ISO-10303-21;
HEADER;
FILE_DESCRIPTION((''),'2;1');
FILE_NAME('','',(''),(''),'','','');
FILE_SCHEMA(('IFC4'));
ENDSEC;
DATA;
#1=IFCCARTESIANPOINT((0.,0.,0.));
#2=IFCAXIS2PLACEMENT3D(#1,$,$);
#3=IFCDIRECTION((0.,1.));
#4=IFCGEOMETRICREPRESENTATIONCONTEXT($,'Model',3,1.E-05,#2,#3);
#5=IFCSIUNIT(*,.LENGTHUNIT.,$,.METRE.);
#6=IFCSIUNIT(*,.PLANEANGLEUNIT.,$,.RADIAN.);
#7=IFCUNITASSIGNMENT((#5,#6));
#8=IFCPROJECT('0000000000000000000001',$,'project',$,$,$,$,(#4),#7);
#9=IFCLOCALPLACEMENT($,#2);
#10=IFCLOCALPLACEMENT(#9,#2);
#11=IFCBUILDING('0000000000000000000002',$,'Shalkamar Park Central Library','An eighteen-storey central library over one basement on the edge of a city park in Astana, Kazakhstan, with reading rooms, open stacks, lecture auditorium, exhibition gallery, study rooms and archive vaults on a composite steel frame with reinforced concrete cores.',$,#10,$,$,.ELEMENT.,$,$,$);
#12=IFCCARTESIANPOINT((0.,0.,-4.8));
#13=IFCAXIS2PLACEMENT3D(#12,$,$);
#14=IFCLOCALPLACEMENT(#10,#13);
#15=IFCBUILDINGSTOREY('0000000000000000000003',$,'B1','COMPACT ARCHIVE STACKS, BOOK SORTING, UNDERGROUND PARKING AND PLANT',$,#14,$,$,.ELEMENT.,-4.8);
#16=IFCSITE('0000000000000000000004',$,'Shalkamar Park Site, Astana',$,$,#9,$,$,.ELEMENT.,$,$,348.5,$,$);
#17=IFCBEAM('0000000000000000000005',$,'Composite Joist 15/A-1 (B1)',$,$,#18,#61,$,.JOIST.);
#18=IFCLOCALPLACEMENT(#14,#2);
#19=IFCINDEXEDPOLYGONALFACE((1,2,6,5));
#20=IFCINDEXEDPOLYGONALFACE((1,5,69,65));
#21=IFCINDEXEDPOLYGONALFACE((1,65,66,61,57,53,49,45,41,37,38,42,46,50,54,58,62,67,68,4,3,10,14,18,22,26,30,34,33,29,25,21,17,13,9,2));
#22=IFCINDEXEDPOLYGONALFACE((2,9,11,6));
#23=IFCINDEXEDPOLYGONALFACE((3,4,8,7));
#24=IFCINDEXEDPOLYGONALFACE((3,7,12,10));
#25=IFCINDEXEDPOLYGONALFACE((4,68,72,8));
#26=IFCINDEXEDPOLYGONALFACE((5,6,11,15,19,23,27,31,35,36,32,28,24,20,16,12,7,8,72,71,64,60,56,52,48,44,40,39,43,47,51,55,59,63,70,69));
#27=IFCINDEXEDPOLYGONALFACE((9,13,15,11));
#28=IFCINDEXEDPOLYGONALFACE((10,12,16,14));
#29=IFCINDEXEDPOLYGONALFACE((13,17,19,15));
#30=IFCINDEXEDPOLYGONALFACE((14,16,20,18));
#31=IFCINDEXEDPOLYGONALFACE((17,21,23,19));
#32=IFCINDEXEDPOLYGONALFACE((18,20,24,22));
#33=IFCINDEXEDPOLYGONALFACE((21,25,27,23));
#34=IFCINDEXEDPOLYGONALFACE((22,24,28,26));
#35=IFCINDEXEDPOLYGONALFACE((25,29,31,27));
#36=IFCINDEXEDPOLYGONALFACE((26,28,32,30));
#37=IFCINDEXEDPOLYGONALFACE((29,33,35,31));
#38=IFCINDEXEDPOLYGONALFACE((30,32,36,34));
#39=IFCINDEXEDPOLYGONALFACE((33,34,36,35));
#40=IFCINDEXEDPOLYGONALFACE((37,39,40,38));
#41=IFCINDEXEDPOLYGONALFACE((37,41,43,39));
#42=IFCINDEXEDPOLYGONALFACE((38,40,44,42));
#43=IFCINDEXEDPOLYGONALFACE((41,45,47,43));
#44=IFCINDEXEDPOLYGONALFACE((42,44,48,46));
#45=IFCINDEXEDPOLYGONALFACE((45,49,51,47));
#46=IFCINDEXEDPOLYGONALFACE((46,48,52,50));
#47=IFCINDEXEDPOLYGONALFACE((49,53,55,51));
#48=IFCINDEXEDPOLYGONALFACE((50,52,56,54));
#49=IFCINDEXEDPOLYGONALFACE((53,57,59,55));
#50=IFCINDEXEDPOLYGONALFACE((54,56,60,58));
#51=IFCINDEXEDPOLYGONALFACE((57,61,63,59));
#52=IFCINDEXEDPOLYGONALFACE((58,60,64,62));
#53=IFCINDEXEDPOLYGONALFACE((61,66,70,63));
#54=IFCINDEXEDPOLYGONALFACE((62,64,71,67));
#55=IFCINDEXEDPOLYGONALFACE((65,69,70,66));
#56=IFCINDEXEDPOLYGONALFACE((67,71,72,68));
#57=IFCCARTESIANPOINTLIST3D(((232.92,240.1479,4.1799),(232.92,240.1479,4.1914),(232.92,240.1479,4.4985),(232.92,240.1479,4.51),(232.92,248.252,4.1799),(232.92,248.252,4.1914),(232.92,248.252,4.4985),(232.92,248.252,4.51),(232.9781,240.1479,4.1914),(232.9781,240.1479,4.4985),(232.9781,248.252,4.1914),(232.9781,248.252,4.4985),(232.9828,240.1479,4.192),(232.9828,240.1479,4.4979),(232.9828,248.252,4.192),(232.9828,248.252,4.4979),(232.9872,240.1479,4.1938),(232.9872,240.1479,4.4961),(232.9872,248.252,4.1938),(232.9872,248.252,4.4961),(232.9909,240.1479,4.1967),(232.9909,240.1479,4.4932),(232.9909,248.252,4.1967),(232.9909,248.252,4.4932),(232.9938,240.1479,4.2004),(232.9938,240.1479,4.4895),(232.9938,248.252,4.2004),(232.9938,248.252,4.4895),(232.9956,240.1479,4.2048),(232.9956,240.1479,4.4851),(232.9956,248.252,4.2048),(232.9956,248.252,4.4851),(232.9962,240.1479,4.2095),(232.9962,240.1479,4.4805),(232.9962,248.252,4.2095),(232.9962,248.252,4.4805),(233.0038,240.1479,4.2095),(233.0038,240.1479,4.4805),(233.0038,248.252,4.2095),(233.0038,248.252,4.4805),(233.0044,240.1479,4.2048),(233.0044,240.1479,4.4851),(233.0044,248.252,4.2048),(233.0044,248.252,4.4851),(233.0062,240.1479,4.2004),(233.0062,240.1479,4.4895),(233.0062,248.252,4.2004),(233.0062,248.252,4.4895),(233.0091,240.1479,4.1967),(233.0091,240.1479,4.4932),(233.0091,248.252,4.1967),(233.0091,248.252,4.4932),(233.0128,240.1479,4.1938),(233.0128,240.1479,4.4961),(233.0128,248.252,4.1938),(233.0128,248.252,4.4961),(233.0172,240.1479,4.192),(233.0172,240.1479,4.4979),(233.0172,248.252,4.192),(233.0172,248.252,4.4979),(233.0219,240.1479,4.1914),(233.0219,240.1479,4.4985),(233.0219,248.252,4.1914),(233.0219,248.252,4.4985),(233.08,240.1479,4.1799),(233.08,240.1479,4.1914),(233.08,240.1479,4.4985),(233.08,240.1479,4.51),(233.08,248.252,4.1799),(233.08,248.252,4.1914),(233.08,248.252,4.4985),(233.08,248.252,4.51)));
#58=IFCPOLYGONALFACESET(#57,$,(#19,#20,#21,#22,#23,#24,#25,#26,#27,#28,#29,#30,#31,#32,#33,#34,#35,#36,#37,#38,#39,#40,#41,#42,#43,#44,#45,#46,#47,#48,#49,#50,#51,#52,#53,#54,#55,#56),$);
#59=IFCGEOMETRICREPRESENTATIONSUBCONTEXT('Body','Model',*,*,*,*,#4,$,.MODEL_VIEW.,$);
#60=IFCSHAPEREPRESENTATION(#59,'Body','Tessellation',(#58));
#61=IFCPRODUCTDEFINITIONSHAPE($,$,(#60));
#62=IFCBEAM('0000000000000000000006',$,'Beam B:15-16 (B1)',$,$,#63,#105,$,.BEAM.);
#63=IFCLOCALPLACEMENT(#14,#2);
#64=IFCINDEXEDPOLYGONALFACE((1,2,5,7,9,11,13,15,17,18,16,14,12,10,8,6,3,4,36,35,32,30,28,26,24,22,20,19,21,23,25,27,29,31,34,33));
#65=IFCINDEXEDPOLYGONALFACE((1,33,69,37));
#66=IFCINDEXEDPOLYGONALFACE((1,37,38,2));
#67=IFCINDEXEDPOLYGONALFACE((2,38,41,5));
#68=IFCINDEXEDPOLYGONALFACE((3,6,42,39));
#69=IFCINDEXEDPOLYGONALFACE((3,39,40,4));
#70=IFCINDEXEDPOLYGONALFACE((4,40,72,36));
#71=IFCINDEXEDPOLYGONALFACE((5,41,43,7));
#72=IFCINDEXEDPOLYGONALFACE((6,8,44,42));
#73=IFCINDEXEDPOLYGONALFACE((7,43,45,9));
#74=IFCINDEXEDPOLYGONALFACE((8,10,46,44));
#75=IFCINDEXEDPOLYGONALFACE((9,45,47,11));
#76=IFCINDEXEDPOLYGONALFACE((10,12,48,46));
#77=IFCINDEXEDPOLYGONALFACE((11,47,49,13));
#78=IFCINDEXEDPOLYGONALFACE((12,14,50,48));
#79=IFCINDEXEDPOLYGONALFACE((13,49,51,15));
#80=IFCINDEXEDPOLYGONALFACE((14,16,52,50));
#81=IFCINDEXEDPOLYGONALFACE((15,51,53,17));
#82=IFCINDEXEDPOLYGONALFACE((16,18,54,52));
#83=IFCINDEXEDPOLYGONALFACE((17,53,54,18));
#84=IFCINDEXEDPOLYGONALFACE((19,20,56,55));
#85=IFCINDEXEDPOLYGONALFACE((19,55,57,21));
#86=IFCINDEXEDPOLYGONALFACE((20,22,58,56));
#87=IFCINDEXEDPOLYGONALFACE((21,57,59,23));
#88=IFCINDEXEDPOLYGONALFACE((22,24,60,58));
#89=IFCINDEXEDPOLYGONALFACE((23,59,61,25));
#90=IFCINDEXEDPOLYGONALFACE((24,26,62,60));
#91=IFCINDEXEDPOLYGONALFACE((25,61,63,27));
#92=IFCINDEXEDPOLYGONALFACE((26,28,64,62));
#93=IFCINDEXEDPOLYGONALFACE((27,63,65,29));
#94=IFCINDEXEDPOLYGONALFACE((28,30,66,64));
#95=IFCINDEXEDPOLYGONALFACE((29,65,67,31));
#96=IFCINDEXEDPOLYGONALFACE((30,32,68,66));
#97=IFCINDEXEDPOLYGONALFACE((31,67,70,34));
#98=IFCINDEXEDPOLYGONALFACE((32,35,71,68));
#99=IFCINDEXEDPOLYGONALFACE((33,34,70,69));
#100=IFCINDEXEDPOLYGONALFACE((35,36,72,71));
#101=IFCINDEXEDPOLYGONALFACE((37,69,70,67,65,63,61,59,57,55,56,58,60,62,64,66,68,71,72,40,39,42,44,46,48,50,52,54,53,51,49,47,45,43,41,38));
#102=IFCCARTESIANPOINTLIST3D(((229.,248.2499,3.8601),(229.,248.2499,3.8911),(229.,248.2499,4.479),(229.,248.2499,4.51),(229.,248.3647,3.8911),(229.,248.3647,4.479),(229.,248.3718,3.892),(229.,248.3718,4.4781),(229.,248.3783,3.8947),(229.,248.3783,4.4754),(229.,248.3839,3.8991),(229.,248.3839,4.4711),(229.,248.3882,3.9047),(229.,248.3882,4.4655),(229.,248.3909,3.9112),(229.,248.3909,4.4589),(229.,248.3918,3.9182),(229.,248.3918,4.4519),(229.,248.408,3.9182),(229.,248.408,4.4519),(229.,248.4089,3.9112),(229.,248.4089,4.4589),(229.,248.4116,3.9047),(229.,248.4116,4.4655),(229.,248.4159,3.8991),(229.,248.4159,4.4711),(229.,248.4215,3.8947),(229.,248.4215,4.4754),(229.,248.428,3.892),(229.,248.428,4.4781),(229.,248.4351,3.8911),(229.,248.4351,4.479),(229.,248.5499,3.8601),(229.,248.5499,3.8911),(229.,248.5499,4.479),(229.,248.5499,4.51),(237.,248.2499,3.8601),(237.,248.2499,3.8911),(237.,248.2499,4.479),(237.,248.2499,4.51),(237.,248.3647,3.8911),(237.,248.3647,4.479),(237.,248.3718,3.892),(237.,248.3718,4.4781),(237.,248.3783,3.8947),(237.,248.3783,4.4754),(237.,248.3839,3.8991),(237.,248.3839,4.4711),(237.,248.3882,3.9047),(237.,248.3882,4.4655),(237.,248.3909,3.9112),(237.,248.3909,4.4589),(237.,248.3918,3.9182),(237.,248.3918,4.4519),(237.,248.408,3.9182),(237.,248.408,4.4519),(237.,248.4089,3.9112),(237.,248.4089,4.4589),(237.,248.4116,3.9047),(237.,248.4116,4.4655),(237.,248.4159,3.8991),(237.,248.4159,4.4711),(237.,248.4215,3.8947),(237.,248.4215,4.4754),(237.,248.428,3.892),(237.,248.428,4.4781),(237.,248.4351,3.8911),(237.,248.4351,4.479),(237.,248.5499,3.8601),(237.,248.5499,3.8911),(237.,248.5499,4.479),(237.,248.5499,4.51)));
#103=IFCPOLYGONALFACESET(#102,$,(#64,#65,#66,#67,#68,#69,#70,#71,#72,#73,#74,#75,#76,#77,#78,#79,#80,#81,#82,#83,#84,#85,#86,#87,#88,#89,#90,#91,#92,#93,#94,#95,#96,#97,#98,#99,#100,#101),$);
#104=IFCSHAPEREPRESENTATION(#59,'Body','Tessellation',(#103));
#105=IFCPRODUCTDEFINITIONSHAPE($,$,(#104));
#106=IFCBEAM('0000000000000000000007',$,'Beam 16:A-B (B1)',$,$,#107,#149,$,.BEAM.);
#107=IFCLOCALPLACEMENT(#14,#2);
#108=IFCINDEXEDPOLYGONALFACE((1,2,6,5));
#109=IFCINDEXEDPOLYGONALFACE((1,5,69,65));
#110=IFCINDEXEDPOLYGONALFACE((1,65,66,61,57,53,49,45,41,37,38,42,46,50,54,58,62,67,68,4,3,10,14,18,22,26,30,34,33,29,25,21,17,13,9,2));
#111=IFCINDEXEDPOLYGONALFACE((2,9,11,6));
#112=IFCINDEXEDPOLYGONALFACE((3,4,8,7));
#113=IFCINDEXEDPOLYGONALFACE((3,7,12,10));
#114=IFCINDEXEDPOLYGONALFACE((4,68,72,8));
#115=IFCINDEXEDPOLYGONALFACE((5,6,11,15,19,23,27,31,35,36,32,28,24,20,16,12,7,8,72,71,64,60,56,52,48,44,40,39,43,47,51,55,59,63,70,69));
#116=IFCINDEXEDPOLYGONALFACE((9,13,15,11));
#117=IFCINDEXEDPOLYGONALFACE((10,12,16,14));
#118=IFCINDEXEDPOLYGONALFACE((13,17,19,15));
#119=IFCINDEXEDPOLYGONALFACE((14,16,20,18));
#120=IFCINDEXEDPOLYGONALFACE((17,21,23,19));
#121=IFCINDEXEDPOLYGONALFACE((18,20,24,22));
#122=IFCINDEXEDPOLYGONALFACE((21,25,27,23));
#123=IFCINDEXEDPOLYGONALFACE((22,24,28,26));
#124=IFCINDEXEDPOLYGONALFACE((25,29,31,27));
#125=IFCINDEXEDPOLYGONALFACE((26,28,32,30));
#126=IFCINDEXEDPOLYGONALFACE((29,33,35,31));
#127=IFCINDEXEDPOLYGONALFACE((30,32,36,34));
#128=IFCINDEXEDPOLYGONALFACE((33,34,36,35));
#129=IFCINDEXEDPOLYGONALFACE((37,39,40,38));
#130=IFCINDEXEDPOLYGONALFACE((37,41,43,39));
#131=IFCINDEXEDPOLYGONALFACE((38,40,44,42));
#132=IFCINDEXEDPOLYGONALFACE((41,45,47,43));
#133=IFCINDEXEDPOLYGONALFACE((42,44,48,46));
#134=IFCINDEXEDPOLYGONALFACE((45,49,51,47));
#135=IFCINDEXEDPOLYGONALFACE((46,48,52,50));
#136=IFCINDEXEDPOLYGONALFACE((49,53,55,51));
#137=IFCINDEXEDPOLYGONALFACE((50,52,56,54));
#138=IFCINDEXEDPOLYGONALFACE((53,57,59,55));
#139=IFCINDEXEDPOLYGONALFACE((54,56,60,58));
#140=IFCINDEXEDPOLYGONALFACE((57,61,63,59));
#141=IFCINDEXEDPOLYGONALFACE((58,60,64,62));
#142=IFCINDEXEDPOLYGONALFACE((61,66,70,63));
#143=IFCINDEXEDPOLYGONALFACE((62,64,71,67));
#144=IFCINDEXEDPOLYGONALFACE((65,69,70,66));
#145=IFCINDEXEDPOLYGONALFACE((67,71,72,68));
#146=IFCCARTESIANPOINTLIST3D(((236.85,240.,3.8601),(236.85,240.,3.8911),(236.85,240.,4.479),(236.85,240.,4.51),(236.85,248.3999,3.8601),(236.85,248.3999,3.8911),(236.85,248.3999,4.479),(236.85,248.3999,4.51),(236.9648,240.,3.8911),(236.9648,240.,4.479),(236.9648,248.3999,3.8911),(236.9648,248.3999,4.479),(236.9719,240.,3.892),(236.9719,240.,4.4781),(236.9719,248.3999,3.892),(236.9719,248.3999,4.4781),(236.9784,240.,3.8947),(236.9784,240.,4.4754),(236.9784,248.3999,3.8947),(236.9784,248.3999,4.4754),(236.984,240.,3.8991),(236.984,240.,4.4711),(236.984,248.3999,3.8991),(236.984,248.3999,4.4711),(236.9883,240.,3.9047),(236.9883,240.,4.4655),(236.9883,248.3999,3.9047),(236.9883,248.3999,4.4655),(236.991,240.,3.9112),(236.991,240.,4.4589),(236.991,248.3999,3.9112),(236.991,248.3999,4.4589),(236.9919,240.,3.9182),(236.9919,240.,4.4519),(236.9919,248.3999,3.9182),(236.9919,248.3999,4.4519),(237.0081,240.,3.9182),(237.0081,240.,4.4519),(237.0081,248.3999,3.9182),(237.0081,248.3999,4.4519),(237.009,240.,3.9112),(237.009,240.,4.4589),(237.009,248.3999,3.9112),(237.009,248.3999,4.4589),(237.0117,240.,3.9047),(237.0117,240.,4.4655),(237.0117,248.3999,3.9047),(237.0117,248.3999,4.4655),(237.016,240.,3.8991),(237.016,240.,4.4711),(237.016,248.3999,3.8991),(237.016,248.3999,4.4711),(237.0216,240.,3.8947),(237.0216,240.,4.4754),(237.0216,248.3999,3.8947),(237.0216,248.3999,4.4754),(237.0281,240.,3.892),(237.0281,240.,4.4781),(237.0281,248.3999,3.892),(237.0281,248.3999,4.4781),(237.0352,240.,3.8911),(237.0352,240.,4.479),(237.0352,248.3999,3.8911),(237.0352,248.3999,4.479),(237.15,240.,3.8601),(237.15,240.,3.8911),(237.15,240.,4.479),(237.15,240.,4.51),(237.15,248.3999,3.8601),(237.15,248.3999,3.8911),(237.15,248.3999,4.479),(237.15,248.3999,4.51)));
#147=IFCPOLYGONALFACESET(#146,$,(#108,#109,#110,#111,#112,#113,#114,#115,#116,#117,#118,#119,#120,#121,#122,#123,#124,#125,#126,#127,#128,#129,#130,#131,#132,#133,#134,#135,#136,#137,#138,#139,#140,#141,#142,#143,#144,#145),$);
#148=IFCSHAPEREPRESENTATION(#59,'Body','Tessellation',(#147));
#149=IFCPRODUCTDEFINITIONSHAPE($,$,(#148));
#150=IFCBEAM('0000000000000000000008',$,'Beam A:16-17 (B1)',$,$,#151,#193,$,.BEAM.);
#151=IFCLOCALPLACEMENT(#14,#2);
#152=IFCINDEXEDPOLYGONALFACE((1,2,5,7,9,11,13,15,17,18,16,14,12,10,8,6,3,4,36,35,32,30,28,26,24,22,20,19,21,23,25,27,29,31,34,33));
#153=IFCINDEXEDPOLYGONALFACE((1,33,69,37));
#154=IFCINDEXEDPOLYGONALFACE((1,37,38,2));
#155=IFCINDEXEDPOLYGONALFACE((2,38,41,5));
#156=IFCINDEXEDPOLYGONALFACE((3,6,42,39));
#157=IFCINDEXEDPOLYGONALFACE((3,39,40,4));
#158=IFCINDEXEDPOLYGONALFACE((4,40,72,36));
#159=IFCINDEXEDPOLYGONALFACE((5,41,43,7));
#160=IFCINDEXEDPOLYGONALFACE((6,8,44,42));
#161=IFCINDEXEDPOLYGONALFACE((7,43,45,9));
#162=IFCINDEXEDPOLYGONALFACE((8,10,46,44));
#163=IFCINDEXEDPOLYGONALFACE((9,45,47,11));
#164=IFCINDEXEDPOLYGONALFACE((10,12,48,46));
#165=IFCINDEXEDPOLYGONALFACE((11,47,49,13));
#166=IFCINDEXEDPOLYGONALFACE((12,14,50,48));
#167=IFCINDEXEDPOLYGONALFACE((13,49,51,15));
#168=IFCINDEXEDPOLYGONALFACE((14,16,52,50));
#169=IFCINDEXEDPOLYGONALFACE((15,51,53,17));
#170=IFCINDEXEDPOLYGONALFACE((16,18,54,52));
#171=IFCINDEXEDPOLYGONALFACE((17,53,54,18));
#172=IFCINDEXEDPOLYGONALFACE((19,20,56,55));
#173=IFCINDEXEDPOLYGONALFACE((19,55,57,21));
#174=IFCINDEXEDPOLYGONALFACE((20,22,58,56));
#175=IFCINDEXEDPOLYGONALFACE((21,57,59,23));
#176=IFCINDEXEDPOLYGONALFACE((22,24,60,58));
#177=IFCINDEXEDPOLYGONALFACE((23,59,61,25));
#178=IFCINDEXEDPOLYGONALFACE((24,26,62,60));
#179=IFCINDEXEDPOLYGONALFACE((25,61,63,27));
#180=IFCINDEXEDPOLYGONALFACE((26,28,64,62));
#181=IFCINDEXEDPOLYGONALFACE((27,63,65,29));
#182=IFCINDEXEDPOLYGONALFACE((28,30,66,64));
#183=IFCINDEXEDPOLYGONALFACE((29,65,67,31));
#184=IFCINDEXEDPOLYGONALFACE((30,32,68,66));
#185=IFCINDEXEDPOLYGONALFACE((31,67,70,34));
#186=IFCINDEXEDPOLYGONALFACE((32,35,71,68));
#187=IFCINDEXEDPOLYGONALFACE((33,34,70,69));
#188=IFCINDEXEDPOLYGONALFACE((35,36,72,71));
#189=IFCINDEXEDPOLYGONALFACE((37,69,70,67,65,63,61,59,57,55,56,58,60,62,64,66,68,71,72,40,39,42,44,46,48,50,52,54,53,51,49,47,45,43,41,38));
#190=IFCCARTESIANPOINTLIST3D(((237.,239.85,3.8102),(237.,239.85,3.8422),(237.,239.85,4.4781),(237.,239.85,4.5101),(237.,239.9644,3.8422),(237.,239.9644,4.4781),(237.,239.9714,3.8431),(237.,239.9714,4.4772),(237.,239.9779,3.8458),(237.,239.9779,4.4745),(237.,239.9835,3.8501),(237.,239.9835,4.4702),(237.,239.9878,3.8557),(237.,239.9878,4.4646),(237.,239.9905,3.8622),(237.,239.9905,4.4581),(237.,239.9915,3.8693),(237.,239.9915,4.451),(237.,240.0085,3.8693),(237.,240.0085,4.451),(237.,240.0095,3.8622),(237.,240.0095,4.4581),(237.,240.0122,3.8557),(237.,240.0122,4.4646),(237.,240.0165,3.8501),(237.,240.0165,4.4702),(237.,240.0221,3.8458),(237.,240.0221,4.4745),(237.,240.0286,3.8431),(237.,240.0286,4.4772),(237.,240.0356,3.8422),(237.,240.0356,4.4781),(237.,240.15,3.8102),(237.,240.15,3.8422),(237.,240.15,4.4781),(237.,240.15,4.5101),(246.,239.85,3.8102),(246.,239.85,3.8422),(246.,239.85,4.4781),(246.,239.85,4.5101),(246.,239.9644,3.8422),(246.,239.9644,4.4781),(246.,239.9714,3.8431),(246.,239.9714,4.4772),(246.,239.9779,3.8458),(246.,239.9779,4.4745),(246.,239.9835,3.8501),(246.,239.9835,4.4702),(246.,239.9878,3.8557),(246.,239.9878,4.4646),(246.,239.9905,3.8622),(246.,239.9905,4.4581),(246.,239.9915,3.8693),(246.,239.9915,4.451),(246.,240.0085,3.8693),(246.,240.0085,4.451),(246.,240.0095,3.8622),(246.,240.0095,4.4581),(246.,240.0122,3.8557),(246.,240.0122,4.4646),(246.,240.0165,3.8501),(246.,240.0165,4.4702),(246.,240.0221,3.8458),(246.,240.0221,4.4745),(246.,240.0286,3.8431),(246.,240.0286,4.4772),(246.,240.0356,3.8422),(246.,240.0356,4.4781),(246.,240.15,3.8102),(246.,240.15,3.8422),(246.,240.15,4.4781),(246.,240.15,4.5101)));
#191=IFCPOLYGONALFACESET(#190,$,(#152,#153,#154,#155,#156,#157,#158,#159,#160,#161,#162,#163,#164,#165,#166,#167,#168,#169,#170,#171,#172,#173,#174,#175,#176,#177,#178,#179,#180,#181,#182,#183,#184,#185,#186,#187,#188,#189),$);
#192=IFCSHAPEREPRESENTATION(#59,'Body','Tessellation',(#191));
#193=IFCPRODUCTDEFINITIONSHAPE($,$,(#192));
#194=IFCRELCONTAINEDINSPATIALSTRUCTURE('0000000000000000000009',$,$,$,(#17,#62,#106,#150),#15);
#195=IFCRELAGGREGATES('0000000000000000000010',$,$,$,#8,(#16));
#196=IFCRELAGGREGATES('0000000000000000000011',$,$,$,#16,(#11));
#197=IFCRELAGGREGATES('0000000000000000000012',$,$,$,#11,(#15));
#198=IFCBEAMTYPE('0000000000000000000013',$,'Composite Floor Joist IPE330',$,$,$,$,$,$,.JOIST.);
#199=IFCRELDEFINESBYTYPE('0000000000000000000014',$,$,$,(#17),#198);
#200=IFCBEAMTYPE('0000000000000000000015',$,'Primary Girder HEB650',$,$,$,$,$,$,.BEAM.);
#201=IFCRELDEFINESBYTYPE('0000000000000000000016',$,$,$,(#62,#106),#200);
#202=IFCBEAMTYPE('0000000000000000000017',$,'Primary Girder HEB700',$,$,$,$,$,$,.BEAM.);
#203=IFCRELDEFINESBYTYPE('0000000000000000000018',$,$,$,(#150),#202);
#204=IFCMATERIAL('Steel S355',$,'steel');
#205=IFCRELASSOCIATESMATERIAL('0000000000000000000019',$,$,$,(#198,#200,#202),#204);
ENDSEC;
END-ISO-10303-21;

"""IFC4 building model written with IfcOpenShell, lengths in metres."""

from ifc_helpers import new_model, si_unit, direction, frame, origin, origin_2d, place, context, subcontext, project, spatial, i_section, extrude, material, material_profile, profile_set, type_object, element, save


model = new_model("IFC4")

# Units and contexts
model_context = context("Model", 3, precision=1e-05, world=origin(), true_north=direction((0.0, 1.0)))
body_context = subcontext(model_context, "Body", "Model", "MODEL_VIEW")
ifc_project = project(units=[si_unit("LENGTHUNIT", "METRE"), si_unit("PLANEANGLEUNIT", "RADIAN")], contexts=[model_context])

# Site, building, storey
site_placement = place(None, origin())
site = spatial("IfcSite", under=ifc_project, at=site_placement, Name="Shalkamar Park Site, Astana", CompositionType="ELEMENT", RefElevation=348.5)
building_placement = place(site_placement, origin())
building = spatial("IfcBuilding", under=site, at=building_placement, Name="Shalkamar Park Central Library", Description="An eighteen-storey central library over one basement on the edge of a city park in Astana, Kazakhstan, with reading rooms, open stacks, lecture auditorium, exhibition gallery, study rooms and archive vaults on a composite steel frame with reinforced concrete cores.", CompositionType="ELEMENT")
storey_placement = place(building_placement, frame((0.0, 0.0, -4.8)))
storey = spatial("IfcBuildingStorey", under=building, at=storey_placement, Name="B1", Description="COMPACT ARCHIVE STACKS, BOOK SORTING, UNDERGROUND PARKING AND PLANT", CompositionType="ELEMENT", Elevation=-4.8)

# Shared definitions
ifc_material_1 = material(Name="Steel S355", Category="steel")

# Beams
ifc_material_profile_1 = material_profile(ifc_material_1, i_section(OverallWidth=0.1599, OverallDepth=0.3301, WebThickness=0.0076, FlangeThickness=0.0115, FilletRadius=0.0181, at=origin_2d()), Name="IPE 330")
ifc_profile_set_1 = profile_set([ifc_material_profile_1], Name="Steel S355")
beam_type_1 = type_object("IfcBeamType", Name="Composite Floor Joist IPE330", PredefinedType="JOIST", material=ifc_profile_set_1)
beam_1_placement = place(storey_placement, frame((233.0, 240.1479, 4.345), z_axis=(0.0, 1.0, 0.0), x_axis=(-1.0, 0.0, 0.0)))
element("IfcBeam", 1, at=beam_1_placement, inside=storey, type_object=beam_type_1, Name="Composite Joist 15/A-1 (B1)", PredefinedType="JOIST", context=body_context, shape_type="SweptSolid", body=[
    extrude(i_section(OverallWidth=0.1599, OverallDepth=0.3301, WebThickness=0.0076, FlangeThickness=0.0115, FilletRadius=0.0181, at=origin_2d()), origin(), (0.0, 0.0, 1.0), 8.104),
])
ifc_material_profile_2 = material_profile(ifc_material_1, i_section(OverallWidth=0.3, OverallDepth=0.6499, WebThickness=0.0161, FlangeThickness=0.031, FilletRadius=0.0271, at=origin_2d()), Name="HEB 650")
ifc_profile_set_2 = profile_set([ifc_material_profile_2], Name="Steel S355")
beam_type_2 = type_object("IfcBeamType", Name="Primary Girder HEB650", PredefinedType="BEAM", material=ifc_profile_set_2)
beam_2_placement = place(storey_placement, frame((229.0, 248.3999, 4.1851), z_axis=(1.0, 0.0, 0.0), x_axis=(0.0, 1.0, 0.0)))
element("IfcBeam", 2, at=beam_2_placement, inside=storey, type_object=beam_type_2, Name="Beam B:15-16 (B1)", PredefinedType="BEAM", context=body_context, shape_type="SweptSolid", body=[
    extrude(i_section(OverallWidth=0.3, OverallDepth=0.6499, WebThickness=0.0161, FlangeThickness=0.031, FilletRadius=0.0271, at=origin_2d()), origin(), (0.0, 0.0, 1.0), 8.0),
])
beam_3_placement = place(storey_placement, frame((237.0, 240.0, 4.1851), z_axis=(0.0, 1.0, 0.0), x_axis=(-1.0, 0.0, 0.0)))
element("IfcBeam", 3, at=beam_3_placement, inside=storey, type_object=beam_type_2, Name="Beam 16:A-B (B1)", PredefinedType="BEAM", context=body_context, shape_type="SweptSolid", body=[
    extrude(i_section(OverallWidth=0.3, OverallDepth=0.6499, WebThickness=0.0161, FlangeThickness=0.031, FilletRadius=0.0271, at=origin_2d()), origin(), (0.0, 0.0, 1.0), 8.3999),
])
ifc_material_profile_3 = material_profile(ifc_material_1, i_section(OverallWidth=0.3, OverallDepth=0.7, WebThickness=0.0171, FlangeThickness=0.032, FilletRadius=0.0271, at=origin_2d()), Name="HEB 700")
ifc_profile_set_3 = profile_set([ifc_material_profile_3], Name="Steel S355")
beam_type_3 = type_object("IfcBeamType", Name="Primary Girder HEB700", PredefinedType="BEAM", material=ifc_profile_set_3)
for number, where, z_axis, x_axis, name in (
    (4, (237.0, 240.0, 4.1602), (1.0, 0.0, 0.0), (0.0, 1.0, 0.0), "Beam A:16-17 (B1)"),
):
    element("IfcBeam", number, at=place(storey_placement, frame(where, z_axis=z_axis, x_axis=x_axis)), inside=storey, type_object=beam_type_3, Name=name, PredefinedType="BEAM", context=body_context, shape_type="SweptSolid", body=[
        extrude(i_section(OverallWidth=0.3, OverallDepth=0.7, WebThickness=0.0171, FlangeThickness=0.032, FilletRadius=0.0271, at=origin_2d()), origin(), (0.0, 0.0, 1.0), 9.0),
    ])

save(model, "model.ifc")
